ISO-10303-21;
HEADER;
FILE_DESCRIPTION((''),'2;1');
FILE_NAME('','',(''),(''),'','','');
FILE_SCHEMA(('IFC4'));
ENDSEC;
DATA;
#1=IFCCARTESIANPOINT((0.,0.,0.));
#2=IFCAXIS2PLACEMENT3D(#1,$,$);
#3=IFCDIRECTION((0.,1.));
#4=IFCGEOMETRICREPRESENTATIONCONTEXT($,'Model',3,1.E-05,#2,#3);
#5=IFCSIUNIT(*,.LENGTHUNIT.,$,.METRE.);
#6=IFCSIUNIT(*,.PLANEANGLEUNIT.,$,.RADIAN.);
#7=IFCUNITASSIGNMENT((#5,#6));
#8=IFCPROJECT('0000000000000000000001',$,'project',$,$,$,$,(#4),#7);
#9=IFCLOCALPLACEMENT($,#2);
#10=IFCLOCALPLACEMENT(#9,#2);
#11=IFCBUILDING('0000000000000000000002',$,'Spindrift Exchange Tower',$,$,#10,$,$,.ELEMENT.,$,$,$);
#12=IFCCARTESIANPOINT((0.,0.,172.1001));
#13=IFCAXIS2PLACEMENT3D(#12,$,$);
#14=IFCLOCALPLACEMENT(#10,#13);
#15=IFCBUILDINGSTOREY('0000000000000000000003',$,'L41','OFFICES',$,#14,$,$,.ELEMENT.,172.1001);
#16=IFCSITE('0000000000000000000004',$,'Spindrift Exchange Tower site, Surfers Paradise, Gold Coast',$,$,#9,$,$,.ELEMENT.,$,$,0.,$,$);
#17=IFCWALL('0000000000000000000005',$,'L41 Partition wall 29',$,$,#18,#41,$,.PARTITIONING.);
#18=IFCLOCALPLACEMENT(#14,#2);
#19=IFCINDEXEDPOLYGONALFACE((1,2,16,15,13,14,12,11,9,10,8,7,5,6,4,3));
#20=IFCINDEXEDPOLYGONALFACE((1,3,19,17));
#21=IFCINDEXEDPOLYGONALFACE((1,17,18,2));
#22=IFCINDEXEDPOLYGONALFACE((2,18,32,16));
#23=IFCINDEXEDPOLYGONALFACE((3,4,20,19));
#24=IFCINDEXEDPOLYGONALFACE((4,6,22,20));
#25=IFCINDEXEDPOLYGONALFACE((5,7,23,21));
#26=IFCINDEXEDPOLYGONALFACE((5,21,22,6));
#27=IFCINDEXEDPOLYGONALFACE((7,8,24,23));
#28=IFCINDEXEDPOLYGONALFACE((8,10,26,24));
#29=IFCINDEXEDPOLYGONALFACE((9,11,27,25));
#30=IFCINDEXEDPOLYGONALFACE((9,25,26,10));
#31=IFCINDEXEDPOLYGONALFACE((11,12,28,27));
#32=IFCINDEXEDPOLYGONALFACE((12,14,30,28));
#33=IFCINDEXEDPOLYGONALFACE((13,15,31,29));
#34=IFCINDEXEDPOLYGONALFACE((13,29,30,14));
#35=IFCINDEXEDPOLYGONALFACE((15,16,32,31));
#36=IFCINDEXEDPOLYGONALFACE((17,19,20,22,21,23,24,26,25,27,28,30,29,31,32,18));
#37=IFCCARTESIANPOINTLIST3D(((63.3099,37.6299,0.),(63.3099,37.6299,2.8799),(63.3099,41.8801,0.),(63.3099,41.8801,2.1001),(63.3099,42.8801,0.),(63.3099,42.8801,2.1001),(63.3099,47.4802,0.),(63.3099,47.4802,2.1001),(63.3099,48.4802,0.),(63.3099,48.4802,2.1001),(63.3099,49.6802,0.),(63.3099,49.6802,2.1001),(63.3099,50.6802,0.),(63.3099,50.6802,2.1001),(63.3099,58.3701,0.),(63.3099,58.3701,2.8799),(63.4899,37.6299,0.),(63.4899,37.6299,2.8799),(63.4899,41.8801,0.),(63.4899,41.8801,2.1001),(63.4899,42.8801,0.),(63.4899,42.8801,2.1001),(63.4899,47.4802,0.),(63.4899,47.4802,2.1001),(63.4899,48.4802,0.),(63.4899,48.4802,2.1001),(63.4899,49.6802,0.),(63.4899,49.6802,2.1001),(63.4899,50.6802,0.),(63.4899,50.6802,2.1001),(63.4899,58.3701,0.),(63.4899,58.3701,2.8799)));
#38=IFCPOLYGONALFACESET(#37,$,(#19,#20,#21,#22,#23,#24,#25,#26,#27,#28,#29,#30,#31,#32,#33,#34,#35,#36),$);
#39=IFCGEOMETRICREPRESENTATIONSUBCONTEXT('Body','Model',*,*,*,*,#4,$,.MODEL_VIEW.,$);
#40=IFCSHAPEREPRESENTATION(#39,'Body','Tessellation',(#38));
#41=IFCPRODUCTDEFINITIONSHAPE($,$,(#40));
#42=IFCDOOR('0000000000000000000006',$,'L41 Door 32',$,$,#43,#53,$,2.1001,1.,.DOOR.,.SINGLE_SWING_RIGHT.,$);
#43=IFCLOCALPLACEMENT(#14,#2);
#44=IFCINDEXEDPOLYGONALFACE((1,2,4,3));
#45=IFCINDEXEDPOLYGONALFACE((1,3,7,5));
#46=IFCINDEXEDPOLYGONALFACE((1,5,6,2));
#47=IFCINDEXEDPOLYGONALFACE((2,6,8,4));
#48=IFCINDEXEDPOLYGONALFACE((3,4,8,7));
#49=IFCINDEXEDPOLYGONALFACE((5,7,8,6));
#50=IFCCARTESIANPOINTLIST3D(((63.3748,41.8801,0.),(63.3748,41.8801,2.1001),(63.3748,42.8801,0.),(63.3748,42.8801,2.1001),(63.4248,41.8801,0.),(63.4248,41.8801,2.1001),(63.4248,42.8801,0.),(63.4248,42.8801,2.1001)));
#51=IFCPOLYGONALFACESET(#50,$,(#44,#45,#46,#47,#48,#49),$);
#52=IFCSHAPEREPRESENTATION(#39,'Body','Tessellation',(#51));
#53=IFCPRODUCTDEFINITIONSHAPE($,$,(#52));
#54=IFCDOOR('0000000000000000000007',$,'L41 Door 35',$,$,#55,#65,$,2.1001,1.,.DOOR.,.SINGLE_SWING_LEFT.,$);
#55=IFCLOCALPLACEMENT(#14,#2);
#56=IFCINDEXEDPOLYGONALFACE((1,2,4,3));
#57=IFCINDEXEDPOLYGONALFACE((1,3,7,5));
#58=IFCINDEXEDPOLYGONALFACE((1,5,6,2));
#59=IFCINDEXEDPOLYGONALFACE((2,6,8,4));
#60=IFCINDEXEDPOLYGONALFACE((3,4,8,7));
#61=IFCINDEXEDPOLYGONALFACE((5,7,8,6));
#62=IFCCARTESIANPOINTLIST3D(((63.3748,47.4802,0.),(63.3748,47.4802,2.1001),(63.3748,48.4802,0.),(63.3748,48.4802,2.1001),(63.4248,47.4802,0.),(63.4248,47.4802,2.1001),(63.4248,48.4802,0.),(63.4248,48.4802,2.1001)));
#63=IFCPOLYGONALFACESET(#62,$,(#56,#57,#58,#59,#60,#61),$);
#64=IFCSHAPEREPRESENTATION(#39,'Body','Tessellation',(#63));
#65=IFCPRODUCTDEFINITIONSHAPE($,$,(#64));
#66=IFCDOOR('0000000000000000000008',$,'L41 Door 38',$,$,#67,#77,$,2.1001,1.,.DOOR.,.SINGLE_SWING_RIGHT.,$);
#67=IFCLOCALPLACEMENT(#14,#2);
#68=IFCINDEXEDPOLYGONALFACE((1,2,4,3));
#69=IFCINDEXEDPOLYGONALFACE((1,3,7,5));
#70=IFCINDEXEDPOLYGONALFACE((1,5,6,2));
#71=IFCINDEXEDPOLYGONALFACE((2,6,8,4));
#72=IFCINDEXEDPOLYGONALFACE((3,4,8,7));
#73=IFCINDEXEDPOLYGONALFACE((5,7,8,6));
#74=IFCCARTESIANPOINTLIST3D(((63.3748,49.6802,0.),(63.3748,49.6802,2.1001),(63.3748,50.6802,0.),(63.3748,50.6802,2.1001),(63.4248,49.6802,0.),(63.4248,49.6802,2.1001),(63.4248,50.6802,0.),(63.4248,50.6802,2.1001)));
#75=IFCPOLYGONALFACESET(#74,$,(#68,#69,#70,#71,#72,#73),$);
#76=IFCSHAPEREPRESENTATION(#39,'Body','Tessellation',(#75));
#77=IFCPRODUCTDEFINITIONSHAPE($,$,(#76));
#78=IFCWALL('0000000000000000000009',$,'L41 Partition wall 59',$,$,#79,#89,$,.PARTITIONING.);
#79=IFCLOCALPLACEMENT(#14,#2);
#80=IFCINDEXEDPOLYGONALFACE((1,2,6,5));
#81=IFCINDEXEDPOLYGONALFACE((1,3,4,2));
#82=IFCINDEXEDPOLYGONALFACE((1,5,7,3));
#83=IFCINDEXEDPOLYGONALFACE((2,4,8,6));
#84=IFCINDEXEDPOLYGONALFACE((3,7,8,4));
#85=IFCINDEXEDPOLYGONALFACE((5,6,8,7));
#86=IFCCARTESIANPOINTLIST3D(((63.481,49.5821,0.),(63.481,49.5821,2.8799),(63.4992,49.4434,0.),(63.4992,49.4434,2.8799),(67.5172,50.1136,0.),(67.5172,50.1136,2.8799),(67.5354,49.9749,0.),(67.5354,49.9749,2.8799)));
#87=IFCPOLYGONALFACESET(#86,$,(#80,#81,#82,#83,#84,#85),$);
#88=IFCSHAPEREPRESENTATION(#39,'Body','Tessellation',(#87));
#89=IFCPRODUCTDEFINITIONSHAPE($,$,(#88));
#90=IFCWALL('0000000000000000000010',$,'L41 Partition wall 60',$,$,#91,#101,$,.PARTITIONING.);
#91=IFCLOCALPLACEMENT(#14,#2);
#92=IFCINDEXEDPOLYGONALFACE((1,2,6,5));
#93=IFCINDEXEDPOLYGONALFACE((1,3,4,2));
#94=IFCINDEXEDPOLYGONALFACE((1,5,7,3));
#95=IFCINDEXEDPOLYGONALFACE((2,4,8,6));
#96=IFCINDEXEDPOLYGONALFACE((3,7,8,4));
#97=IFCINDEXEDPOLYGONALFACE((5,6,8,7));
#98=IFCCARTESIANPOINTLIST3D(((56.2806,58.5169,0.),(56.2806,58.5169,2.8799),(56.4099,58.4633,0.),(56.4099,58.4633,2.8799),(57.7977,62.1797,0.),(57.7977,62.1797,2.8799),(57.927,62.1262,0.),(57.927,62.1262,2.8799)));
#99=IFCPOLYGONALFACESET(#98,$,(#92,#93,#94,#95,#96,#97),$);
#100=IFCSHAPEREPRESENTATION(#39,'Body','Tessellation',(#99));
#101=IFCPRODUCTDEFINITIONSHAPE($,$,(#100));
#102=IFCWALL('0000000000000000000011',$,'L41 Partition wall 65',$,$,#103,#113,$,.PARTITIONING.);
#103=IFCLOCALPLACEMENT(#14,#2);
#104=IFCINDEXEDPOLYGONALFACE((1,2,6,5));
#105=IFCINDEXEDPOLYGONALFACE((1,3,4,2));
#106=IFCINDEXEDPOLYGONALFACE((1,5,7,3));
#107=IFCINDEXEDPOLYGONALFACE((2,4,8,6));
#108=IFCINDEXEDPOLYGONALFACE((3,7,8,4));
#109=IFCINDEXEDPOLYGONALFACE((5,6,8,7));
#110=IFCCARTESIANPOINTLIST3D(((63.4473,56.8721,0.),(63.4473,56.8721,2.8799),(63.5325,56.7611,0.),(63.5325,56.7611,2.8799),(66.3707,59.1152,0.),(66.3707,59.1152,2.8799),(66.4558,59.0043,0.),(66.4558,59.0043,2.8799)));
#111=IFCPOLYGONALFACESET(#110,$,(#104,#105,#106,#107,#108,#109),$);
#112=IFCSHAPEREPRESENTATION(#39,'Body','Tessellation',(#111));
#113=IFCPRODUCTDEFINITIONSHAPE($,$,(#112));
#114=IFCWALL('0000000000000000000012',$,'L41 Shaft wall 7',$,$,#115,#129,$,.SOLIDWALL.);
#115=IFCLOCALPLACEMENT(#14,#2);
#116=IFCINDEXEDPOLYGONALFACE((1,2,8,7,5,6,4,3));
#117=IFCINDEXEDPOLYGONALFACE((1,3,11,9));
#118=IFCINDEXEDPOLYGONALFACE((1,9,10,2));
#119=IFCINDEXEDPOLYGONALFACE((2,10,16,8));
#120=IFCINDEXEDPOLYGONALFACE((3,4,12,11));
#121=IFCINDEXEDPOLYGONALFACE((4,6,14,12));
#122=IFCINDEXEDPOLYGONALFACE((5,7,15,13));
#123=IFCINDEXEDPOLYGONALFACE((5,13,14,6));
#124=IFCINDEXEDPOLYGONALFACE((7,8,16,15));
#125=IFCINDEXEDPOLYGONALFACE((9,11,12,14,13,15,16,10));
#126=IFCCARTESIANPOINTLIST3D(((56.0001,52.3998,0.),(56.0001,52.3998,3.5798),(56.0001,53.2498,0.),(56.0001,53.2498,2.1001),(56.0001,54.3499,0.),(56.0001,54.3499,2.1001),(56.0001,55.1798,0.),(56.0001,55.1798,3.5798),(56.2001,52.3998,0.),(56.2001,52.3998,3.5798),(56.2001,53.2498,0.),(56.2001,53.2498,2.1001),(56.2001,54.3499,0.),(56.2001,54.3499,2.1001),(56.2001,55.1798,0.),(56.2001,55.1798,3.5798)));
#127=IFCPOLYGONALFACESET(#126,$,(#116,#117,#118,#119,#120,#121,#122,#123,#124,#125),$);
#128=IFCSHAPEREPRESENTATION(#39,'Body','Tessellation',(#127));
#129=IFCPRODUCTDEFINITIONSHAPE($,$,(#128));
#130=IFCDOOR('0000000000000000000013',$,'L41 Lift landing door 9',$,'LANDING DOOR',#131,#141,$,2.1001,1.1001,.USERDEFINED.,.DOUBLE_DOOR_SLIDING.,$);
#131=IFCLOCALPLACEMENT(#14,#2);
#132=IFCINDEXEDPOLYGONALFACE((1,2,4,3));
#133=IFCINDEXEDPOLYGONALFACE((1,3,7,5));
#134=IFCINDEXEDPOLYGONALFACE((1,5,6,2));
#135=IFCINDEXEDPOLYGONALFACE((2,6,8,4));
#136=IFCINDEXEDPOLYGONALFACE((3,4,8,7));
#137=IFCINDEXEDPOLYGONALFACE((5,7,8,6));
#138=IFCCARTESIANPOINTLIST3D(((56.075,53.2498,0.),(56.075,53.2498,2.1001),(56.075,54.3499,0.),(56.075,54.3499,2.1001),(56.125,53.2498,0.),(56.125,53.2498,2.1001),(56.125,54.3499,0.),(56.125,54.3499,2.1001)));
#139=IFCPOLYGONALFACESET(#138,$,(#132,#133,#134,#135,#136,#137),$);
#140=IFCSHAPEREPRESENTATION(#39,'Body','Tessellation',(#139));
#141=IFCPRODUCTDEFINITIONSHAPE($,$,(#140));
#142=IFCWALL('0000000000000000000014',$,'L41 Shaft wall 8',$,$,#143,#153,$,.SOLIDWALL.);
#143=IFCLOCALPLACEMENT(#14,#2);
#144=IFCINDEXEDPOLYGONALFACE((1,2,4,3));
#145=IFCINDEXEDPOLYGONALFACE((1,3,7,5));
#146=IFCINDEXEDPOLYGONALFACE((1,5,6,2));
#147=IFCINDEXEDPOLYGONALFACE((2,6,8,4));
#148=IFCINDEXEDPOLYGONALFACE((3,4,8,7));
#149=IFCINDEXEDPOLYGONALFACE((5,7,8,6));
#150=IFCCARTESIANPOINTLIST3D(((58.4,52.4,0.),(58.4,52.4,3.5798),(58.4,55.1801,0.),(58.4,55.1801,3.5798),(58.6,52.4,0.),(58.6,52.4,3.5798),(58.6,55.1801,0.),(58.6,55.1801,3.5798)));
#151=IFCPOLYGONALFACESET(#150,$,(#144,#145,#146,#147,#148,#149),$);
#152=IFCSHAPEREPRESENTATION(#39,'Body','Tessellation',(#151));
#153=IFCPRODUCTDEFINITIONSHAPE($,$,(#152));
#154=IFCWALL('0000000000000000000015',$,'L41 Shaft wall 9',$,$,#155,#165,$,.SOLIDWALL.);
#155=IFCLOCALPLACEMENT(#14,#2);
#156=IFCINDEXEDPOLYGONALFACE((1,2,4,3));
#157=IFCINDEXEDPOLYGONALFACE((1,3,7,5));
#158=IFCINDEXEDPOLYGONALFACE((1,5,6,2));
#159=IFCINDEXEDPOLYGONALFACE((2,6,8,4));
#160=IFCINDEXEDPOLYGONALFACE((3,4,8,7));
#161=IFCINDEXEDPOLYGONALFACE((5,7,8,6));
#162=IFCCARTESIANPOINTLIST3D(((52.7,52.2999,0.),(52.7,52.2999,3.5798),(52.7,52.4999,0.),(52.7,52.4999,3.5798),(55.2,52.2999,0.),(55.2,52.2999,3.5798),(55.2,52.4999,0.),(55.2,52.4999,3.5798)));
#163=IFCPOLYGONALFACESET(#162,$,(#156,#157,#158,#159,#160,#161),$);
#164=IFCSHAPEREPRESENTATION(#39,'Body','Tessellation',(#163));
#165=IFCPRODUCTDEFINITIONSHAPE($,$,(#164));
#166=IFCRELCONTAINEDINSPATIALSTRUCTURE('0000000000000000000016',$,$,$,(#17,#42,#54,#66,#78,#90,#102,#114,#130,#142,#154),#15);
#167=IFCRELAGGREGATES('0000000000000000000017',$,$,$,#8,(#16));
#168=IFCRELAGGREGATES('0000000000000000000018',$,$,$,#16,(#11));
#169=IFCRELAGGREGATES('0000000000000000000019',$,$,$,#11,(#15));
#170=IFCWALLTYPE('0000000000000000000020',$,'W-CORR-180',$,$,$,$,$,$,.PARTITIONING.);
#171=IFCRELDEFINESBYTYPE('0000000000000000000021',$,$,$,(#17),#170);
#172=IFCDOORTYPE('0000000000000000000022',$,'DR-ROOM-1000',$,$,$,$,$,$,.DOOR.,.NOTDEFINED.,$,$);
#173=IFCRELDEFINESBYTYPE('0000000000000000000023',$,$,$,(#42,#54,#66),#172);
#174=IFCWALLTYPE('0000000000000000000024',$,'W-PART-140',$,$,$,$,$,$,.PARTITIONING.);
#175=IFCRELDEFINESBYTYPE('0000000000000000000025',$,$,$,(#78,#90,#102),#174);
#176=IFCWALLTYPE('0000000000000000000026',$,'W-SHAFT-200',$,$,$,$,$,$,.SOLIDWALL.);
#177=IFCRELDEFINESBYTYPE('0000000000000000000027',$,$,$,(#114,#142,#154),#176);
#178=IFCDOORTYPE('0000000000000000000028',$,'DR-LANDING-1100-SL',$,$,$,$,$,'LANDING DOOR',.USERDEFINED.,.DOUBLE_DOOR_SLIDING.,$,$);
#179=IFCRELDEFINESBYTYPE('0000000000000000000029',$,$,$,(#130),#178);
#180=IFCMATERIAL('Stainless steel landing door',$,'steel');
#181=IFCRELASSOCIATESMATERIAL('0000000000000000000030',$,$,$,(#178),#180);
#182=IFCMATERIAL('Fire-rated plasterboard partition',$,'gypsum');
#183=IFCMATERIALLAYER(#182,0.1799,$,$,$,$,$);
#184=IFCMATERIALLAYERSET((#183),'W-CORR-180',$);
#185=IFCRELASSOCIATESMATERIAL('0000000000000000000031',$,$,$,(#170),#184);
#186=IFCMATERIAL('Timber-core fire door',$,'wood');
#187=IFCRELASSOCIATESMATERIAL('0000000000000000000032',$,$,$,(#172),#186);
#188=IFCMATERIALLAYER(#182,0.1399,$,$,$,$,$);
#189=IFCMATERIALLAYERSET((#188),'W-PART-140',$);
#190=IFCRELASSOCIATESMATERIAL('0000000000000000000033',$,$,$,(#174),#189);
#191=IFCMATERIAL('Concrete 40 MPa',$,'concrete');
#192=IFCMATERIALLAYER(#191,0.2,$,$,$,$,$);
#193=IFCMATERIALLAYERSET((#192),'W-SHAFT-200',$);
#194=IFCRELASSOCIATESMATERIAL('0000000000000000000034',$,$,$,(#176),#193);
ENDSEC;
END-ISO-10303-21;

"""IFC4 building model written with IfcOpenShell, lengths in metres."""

from ifc_helpers import new_model, si_unit, direction, frame, frame_2d, origin, place, context, subcontext, project, spatial, rectangle, extrude, source, transform, mapped, material, layer, layer_set, type_object, element, fill, save


model = new_model("IFC4")

# Units and contexts
model_context = context("Model", 3, precision=1e-05, world=origin(), true_north=direction((0.0, 1.0)))
body_context = subcontext(model_context, "Body", "Model", "MODEL_VIEW")
ifc_project = project(units=[si_unit("LENGTHUNIT", "METRE"), si_unit("PLANEANGLEUNIT", "RADIAN")], contexts=[model_context])

# Site, building, storey
site_placement = place(None, origin())
site = spatial("IfcSite", under=ifc_project, at=site_placement, Name="Spindrift Exchange Tower site, Surfers Paradise, Gold Coast", CompositionType="ELEMENT", RefElevation=0.0)
building_placement = place(site_placement, origin())
building = spatial("IfcBuilding", under=site, at=building_placement, Name="Spindrift Exchange Tower", CompositionType="ELEMENT")
storey_placement = place(building_placement, frame((0.0, 0.0, 172.1001)))
storey = spatial("IfcBuildingStorey", under=building, at=storey_placement, Name="L41", Description="OFFICES", CompositionType="ELEMENT", Elevation=172.1001)

# Wall, openings, doors
ifc_material_1 = material(Name="Stainless steel landing door", Category="steel")
door_type_1 = type_object("IfcDoorType", Name="DR-LANDING-1100-SL", ElementType="LANDING DOOR", OperationType="DOUBLE_DOOR_SLIDING", PredefinedType="USERDEFINED", material=ifc_material_1)
shared_shape_1 = source(origin(), body_context, "Body", "SweptSolid", [
    extrude(rectangle(XDim=1.1001, YDim=2.1001, at=frame_2d((0.55, 1.05))), frame((0.0, 0.0249, 0.0), z_axis=(0.0, -1.0, 0.0), x_axis=(1.0, 0.0, 0.0)), (0.0, 0.0, 1.0), 0.05),
])
ifc_material_2 = material(Name="Timber-core fire door", Category="wood")
ifc_material_3 = material(Name="Fire-rated plasterboard partition", Category="gypsum")
ifc_layer_1 = layer(ifc_material_3, 0.1799)
ifc_layer_set_1 = layer_set([ifc_layer_1], Name="W-CORR-180")
wall_type_1 = type_object("IfcWallType", Name="W-CORR-180", PredefinedType="PARTITIONING", material=ifc_layer_set_1)
wall_1_placement = place(storey_placement, frame((63.3999, 58.3701, 0.0), z_axis=(0.0, 0.0, 1.0), x_axis=(0.0, -1.0, 0.0)))
wall_1 = element("IfcWall", 1, at=wall_1_placement, inside=storey, type_object=wall_type_1, Name="L41 Partition wall 29", PredefinedType="PARTITIONING", context=body_context, shape_type="SweptSolid", body=[
    extrude(rectangle(XDim=20.7402, YDim=0.1799, at=frame_2d((10.3701, 0.0))), origin(), (0.0, 0.0, 1.0), 2.8799),
])
opening_1_placement = place(wall_1_placement, frame((15.49, 0.0, 0.0)))
opening_1 = element("IfcOpeningElement", 2, at=opening_1_placement, cuts=wall_1, PredefinedType="OPENING", context=body_context, shape_type="SweptSolid", body=[
    extrude(rectangle(XDim=1.0, YDim=2.1001, at=frame_2d((0.5, 1.05))), frame((0.0, 0.0999, 0.0), z_axis=(0.0, -1.0, 0.0), x_axis=(1.0, 0.0, 0.0)), (0.0, 0.0, 1.0), 0.2),
])
opening_2_placement = place(wall_1_placement, frame((9.8899, 0.0, 0.0)))
opening_2 = element("IfcOpeningElement", 3, at=opening_2_placement, cuts=wall_1, PredefinedType="OPENING", context=body_context, shape_type="SweptSolid", body=[
    extrude(rectangle(XDim=1.0, YDim=2.1001, at=frame_2d((0.5, 1.05))), frame((0.0, 0.0999, 0.0), z_axis=(0.0, -1.0, 0.0), x_axis=(1.0, 0.0, 0.0)), (0.0, 0.0, 1.0), 0.2),
])
opening_3_placement = place(wall_1_placement, frame((7.6899, 0.0, 0.0)))
opening_3 = element("IfcOpeningElement", 4, at=opening_3_placement, cuts=wall_1, PredefinedType="OPENING", context=body_context, shape_type="SweptSolid", body=[
    extrude(rectangle(XDim=1.0, YDim=2.1001, at=frame_2d((0.5, 1.05))), frame((0.0, 0.0999, 0.0), z_axis=(0.0, -1.0, 0.0), x_axis=(1.0, 0.0, 0.0)), (0.0, 0.0, 1.0), 0.2),
])
door_type_2 = type_object("IfcDoorType", Name="DR-ROOM-1000", OperationType="NOTDEFINED", PredefinedType="DOOR", material=ifc_material_2)
shared_shape_2 = source(origin(), body_context, "Body", "SweptSolid", [
    extrude(rectangle(XDim=1.0, YDim=2.1001, at=frame_2d((0.5, 1.05))), frame((0.0, 0.0249, 0.0), z_axis=(0.0, -1.0, 0.0), x_axis=(1.0, 0.0, 0.0)), (0.0, 0.0, 1.0), 0.05),
])
door_1_placement = place(opening_1_placement, origin())
door_1 = element("IfcDoor", 5, at=door_1_placement, inside=storey, type_object=door_type_2, Name="L41 Door 32", OperationType="SINGLE_SWING_RIGHT", OverallHeight=2.1001, OverallWidth=1.0, PredefinedType="DOOR", context=body_context, shape_type="MappedRepresentation", body=[
    mapped(shared_shape_2, transform((0.0, 0.0, 0.0), scale=1.0)),
])
fill(opening_1, door_1)
door_2_placement = place(opening_2_placement, origin())
door_2 = element("IfcDoor", 6, at=door_2_placement, inside=storey, type_object=door_type_2, Name="L41 Door 35", OperationType="SINGLE_SWING_LEFT", OverallHeight=2.1001, OverallWidth=1.0, PredefinedType="DOOR", context=body_context, shape_type="MappedRepresentation", body=[
    mapped(shared_shape_2, transform((0.0, 0.0, 0.0), scale=1.0)),
])
fill(opening_2, door_2)
door_3_placement = place(opening_3_placement, origin())
door_3 = element("IfcDoor", 7, at=door_3_placement, inside=storey, type_object=door_type_2, Name="L41 Door 38", OperationType="SINGLE_SWING_RIGHT", OverallHeight=2.1001, OverallWidth=1.0, PredefinedType="DOOR", context=body_context, shape_type="MappedRepresentation", body=[
    mapped(shared_shape_2, transform((0.0, 0.0, 0.0), scale=1.0)),
])
fill(opening_3, door_3)

# Walls
ifc_layer_2 = layer(ifc_material_3, 0.1399)
ifc_layer_set_2 = layer_set([ifc_layer_2], Name="W-PART-140")
wall_type_2 = type_object("IfcWallType", Name="W-PART-140", PredefinedType="PARTITIONING", material=ifc_layer_set_2)
wall_2_placement = place(storey_placement, frame((63.49, 49.5127, 0.0), z_axis=(0.0, 0.0, 1.0), x_axis=(0.991441, 0.130557, 0.0)))
element("IfcWall", 8, at=wall_2_placement, inside=storey, type_object=wall_type_2, Name="L41 Partition wall 59", PredefinedType="PARTITIONING", context=body_context, shape_type="SweptSolid", body=[
    extrude(rectangle(XDim=4.071, YDim=0.1399, at=frame_2d((2.0356, 0.0))), origin(), (0.0, 0.0, 1.0), 2.8799),
])
wall_3_placement = place(storey_placement, frame((56.3452, 58.49, 0.0), z_axis=(0.0, 0.0, 1.0), x_axis=(0.38266, 0.923889, 0.0)))
element("IfcWall", 9, at=wall_3_placement, inside=storey, type_object=wall_type_2, Name="L41 Partition wall 60", PredefinedType="PARTITIONING", context=body_context, shape_type="SweptSolid", body=[
    extrude(rectangle(XDim=3.9646, YDim=0.1399, at=frame_2d((1.9824, 0.0))), origin(), (0.0, 0.0, 1.0), 2.8799),
])
wall_4_placement = place(storey_placement, frame((63.49, 56.8167, 0.0), z_axis=(0.0, 0.0, 1.0), x_axis=(0.793352, 0.608763, 0.0)))
element("IfcWall", 10, at=wall_4_placement, inside=storey, type_object=wall_type_2, Name="L41 Partition wall 65", PredefinedType="PARTITIONING", context=body_context, shape_type="SweptSolid", body=[
    extrude(rectangle(XDim=3.6848, YDim=0.1399, at=frame_2d((1.8423, 0.0))), origin(), (0.0, 0.0, 1.0), 2.8799),
])

# Wall, opening, door
ifc_material_4 = material(Name="Concrete 40 MPa", Category="concrete")
ifc_layer_3 = layer(ifc_material_4, 0.2)
ifc_layer_set_3 = layer_set([ifc_layer_3], Name="W-SHAFT-200")
wall_type_3 = type_object("IfcWallType", Name="W-SHAFT-200", PredefinedType="SOLIDWALL", material=ifc_layer_set_3)
wall_5_placement = place(storey_placement, frame((56.1001, 55.1799, 0.0), z_axis=(0.0, 0.0, 1.0), x_axis=(0.0, -1.0, 0.0)))
wall_5 = element("IfcWall", 11, at=wall_5_placement, inside=storey, type_object=wall_type_3, Name="L41 Shaft wall 7", PredefinedType="SOLIDWALL", context=body_context, shape_type="SweptSolid", body=[
    extrude(rectangle(XDim=2.78, YDim=0.2, at=frame_2d((1.3901, 0.0))), origin(), (0.0, 0.0, 1.0), 3.5798),
])
opening_4_placement = place(wall_5_placement, frame((0.8301, 0.0, 0.0)))
opening_4 = element("IfcOpeningElement", 12, at=opening_4_placement, cuts=wall_5, PredefinedType="OPENING", context=body_context, shape_type="SweptSolid", body=[
    extrude(rectangle(XDim=1.1001, YDim=2.1001, at=frame_2d((0.55, 1.05))), frame((0.0, 0.1099, 0.0), z_axis=(0.0, -1.0, 0.0), x_axis=(1.0, 0.0, 0.0)), (0.0, 0.0, 1.0), 0.22),
])
door_4_placement = place(opening_4_placement, origin())
door_4 = element("IfcDoor", 13, at=door_4_placement, inside=storey, type_object=door_type_1, Name="L41 Lift landing door 9", ObjectType="LANDING DOOR", OperationType="DOUBLE_DOOR_SLIDING", OverallHeight=2.1001, OverallWidth=1.1001, PredefinedType="USERDEFINED", context=body_context, shape_type="MappedRepresentation", body=[
    mapped(shared_shape_1, transform((0.0, 0.0, 0.0), scale=1.0)),
])
fill(opening_4, door_4)

# Walls
wall_6_placement = place(storey_placement, frame((58.5, 52.3999, 0.0), z_axis=(0.0, 0.0, 1.0), x_axis=(0.0, 1.0, 0.0)))
element("IfcWall", 14, at=wall_6_placement, inside=storey, type_object=wall_type_3, Name="L41 Shaft wall 8", PredefinedType="SOLIDWALL", context=body_context, shape_type="SweptSolid", body=[
    extrude(rectangle(XDim=2.78, YDim=0.2, at=frame_2d((1.3901, 0.0))), origin(), (0.0, 0.0, 1.0), 3.5798),
])
wall_7_placement = place(storey_placement, frame((55.2, 52.3999, 0.0), z_axis=(0.0, 0.0, 1.0), x_axis=(-1.0, 0.0, 0.0)))
element("IfcWall", 15, at=wall_7_placement, inside=storey, type_object=wall_type_3, Name="L41 Shaft wall 9", PredefinedType="SOLIDWALL", context=body_context, shape_type="SweptSolid", body=[
    extrude(rectangle(XDim=2.5, YDim=0.2, at=frame_2d((1.25, 0.0))), origin(), (0.0, 0.0, 1.0), 3.5798),
])

save(model, "model.ifc")
